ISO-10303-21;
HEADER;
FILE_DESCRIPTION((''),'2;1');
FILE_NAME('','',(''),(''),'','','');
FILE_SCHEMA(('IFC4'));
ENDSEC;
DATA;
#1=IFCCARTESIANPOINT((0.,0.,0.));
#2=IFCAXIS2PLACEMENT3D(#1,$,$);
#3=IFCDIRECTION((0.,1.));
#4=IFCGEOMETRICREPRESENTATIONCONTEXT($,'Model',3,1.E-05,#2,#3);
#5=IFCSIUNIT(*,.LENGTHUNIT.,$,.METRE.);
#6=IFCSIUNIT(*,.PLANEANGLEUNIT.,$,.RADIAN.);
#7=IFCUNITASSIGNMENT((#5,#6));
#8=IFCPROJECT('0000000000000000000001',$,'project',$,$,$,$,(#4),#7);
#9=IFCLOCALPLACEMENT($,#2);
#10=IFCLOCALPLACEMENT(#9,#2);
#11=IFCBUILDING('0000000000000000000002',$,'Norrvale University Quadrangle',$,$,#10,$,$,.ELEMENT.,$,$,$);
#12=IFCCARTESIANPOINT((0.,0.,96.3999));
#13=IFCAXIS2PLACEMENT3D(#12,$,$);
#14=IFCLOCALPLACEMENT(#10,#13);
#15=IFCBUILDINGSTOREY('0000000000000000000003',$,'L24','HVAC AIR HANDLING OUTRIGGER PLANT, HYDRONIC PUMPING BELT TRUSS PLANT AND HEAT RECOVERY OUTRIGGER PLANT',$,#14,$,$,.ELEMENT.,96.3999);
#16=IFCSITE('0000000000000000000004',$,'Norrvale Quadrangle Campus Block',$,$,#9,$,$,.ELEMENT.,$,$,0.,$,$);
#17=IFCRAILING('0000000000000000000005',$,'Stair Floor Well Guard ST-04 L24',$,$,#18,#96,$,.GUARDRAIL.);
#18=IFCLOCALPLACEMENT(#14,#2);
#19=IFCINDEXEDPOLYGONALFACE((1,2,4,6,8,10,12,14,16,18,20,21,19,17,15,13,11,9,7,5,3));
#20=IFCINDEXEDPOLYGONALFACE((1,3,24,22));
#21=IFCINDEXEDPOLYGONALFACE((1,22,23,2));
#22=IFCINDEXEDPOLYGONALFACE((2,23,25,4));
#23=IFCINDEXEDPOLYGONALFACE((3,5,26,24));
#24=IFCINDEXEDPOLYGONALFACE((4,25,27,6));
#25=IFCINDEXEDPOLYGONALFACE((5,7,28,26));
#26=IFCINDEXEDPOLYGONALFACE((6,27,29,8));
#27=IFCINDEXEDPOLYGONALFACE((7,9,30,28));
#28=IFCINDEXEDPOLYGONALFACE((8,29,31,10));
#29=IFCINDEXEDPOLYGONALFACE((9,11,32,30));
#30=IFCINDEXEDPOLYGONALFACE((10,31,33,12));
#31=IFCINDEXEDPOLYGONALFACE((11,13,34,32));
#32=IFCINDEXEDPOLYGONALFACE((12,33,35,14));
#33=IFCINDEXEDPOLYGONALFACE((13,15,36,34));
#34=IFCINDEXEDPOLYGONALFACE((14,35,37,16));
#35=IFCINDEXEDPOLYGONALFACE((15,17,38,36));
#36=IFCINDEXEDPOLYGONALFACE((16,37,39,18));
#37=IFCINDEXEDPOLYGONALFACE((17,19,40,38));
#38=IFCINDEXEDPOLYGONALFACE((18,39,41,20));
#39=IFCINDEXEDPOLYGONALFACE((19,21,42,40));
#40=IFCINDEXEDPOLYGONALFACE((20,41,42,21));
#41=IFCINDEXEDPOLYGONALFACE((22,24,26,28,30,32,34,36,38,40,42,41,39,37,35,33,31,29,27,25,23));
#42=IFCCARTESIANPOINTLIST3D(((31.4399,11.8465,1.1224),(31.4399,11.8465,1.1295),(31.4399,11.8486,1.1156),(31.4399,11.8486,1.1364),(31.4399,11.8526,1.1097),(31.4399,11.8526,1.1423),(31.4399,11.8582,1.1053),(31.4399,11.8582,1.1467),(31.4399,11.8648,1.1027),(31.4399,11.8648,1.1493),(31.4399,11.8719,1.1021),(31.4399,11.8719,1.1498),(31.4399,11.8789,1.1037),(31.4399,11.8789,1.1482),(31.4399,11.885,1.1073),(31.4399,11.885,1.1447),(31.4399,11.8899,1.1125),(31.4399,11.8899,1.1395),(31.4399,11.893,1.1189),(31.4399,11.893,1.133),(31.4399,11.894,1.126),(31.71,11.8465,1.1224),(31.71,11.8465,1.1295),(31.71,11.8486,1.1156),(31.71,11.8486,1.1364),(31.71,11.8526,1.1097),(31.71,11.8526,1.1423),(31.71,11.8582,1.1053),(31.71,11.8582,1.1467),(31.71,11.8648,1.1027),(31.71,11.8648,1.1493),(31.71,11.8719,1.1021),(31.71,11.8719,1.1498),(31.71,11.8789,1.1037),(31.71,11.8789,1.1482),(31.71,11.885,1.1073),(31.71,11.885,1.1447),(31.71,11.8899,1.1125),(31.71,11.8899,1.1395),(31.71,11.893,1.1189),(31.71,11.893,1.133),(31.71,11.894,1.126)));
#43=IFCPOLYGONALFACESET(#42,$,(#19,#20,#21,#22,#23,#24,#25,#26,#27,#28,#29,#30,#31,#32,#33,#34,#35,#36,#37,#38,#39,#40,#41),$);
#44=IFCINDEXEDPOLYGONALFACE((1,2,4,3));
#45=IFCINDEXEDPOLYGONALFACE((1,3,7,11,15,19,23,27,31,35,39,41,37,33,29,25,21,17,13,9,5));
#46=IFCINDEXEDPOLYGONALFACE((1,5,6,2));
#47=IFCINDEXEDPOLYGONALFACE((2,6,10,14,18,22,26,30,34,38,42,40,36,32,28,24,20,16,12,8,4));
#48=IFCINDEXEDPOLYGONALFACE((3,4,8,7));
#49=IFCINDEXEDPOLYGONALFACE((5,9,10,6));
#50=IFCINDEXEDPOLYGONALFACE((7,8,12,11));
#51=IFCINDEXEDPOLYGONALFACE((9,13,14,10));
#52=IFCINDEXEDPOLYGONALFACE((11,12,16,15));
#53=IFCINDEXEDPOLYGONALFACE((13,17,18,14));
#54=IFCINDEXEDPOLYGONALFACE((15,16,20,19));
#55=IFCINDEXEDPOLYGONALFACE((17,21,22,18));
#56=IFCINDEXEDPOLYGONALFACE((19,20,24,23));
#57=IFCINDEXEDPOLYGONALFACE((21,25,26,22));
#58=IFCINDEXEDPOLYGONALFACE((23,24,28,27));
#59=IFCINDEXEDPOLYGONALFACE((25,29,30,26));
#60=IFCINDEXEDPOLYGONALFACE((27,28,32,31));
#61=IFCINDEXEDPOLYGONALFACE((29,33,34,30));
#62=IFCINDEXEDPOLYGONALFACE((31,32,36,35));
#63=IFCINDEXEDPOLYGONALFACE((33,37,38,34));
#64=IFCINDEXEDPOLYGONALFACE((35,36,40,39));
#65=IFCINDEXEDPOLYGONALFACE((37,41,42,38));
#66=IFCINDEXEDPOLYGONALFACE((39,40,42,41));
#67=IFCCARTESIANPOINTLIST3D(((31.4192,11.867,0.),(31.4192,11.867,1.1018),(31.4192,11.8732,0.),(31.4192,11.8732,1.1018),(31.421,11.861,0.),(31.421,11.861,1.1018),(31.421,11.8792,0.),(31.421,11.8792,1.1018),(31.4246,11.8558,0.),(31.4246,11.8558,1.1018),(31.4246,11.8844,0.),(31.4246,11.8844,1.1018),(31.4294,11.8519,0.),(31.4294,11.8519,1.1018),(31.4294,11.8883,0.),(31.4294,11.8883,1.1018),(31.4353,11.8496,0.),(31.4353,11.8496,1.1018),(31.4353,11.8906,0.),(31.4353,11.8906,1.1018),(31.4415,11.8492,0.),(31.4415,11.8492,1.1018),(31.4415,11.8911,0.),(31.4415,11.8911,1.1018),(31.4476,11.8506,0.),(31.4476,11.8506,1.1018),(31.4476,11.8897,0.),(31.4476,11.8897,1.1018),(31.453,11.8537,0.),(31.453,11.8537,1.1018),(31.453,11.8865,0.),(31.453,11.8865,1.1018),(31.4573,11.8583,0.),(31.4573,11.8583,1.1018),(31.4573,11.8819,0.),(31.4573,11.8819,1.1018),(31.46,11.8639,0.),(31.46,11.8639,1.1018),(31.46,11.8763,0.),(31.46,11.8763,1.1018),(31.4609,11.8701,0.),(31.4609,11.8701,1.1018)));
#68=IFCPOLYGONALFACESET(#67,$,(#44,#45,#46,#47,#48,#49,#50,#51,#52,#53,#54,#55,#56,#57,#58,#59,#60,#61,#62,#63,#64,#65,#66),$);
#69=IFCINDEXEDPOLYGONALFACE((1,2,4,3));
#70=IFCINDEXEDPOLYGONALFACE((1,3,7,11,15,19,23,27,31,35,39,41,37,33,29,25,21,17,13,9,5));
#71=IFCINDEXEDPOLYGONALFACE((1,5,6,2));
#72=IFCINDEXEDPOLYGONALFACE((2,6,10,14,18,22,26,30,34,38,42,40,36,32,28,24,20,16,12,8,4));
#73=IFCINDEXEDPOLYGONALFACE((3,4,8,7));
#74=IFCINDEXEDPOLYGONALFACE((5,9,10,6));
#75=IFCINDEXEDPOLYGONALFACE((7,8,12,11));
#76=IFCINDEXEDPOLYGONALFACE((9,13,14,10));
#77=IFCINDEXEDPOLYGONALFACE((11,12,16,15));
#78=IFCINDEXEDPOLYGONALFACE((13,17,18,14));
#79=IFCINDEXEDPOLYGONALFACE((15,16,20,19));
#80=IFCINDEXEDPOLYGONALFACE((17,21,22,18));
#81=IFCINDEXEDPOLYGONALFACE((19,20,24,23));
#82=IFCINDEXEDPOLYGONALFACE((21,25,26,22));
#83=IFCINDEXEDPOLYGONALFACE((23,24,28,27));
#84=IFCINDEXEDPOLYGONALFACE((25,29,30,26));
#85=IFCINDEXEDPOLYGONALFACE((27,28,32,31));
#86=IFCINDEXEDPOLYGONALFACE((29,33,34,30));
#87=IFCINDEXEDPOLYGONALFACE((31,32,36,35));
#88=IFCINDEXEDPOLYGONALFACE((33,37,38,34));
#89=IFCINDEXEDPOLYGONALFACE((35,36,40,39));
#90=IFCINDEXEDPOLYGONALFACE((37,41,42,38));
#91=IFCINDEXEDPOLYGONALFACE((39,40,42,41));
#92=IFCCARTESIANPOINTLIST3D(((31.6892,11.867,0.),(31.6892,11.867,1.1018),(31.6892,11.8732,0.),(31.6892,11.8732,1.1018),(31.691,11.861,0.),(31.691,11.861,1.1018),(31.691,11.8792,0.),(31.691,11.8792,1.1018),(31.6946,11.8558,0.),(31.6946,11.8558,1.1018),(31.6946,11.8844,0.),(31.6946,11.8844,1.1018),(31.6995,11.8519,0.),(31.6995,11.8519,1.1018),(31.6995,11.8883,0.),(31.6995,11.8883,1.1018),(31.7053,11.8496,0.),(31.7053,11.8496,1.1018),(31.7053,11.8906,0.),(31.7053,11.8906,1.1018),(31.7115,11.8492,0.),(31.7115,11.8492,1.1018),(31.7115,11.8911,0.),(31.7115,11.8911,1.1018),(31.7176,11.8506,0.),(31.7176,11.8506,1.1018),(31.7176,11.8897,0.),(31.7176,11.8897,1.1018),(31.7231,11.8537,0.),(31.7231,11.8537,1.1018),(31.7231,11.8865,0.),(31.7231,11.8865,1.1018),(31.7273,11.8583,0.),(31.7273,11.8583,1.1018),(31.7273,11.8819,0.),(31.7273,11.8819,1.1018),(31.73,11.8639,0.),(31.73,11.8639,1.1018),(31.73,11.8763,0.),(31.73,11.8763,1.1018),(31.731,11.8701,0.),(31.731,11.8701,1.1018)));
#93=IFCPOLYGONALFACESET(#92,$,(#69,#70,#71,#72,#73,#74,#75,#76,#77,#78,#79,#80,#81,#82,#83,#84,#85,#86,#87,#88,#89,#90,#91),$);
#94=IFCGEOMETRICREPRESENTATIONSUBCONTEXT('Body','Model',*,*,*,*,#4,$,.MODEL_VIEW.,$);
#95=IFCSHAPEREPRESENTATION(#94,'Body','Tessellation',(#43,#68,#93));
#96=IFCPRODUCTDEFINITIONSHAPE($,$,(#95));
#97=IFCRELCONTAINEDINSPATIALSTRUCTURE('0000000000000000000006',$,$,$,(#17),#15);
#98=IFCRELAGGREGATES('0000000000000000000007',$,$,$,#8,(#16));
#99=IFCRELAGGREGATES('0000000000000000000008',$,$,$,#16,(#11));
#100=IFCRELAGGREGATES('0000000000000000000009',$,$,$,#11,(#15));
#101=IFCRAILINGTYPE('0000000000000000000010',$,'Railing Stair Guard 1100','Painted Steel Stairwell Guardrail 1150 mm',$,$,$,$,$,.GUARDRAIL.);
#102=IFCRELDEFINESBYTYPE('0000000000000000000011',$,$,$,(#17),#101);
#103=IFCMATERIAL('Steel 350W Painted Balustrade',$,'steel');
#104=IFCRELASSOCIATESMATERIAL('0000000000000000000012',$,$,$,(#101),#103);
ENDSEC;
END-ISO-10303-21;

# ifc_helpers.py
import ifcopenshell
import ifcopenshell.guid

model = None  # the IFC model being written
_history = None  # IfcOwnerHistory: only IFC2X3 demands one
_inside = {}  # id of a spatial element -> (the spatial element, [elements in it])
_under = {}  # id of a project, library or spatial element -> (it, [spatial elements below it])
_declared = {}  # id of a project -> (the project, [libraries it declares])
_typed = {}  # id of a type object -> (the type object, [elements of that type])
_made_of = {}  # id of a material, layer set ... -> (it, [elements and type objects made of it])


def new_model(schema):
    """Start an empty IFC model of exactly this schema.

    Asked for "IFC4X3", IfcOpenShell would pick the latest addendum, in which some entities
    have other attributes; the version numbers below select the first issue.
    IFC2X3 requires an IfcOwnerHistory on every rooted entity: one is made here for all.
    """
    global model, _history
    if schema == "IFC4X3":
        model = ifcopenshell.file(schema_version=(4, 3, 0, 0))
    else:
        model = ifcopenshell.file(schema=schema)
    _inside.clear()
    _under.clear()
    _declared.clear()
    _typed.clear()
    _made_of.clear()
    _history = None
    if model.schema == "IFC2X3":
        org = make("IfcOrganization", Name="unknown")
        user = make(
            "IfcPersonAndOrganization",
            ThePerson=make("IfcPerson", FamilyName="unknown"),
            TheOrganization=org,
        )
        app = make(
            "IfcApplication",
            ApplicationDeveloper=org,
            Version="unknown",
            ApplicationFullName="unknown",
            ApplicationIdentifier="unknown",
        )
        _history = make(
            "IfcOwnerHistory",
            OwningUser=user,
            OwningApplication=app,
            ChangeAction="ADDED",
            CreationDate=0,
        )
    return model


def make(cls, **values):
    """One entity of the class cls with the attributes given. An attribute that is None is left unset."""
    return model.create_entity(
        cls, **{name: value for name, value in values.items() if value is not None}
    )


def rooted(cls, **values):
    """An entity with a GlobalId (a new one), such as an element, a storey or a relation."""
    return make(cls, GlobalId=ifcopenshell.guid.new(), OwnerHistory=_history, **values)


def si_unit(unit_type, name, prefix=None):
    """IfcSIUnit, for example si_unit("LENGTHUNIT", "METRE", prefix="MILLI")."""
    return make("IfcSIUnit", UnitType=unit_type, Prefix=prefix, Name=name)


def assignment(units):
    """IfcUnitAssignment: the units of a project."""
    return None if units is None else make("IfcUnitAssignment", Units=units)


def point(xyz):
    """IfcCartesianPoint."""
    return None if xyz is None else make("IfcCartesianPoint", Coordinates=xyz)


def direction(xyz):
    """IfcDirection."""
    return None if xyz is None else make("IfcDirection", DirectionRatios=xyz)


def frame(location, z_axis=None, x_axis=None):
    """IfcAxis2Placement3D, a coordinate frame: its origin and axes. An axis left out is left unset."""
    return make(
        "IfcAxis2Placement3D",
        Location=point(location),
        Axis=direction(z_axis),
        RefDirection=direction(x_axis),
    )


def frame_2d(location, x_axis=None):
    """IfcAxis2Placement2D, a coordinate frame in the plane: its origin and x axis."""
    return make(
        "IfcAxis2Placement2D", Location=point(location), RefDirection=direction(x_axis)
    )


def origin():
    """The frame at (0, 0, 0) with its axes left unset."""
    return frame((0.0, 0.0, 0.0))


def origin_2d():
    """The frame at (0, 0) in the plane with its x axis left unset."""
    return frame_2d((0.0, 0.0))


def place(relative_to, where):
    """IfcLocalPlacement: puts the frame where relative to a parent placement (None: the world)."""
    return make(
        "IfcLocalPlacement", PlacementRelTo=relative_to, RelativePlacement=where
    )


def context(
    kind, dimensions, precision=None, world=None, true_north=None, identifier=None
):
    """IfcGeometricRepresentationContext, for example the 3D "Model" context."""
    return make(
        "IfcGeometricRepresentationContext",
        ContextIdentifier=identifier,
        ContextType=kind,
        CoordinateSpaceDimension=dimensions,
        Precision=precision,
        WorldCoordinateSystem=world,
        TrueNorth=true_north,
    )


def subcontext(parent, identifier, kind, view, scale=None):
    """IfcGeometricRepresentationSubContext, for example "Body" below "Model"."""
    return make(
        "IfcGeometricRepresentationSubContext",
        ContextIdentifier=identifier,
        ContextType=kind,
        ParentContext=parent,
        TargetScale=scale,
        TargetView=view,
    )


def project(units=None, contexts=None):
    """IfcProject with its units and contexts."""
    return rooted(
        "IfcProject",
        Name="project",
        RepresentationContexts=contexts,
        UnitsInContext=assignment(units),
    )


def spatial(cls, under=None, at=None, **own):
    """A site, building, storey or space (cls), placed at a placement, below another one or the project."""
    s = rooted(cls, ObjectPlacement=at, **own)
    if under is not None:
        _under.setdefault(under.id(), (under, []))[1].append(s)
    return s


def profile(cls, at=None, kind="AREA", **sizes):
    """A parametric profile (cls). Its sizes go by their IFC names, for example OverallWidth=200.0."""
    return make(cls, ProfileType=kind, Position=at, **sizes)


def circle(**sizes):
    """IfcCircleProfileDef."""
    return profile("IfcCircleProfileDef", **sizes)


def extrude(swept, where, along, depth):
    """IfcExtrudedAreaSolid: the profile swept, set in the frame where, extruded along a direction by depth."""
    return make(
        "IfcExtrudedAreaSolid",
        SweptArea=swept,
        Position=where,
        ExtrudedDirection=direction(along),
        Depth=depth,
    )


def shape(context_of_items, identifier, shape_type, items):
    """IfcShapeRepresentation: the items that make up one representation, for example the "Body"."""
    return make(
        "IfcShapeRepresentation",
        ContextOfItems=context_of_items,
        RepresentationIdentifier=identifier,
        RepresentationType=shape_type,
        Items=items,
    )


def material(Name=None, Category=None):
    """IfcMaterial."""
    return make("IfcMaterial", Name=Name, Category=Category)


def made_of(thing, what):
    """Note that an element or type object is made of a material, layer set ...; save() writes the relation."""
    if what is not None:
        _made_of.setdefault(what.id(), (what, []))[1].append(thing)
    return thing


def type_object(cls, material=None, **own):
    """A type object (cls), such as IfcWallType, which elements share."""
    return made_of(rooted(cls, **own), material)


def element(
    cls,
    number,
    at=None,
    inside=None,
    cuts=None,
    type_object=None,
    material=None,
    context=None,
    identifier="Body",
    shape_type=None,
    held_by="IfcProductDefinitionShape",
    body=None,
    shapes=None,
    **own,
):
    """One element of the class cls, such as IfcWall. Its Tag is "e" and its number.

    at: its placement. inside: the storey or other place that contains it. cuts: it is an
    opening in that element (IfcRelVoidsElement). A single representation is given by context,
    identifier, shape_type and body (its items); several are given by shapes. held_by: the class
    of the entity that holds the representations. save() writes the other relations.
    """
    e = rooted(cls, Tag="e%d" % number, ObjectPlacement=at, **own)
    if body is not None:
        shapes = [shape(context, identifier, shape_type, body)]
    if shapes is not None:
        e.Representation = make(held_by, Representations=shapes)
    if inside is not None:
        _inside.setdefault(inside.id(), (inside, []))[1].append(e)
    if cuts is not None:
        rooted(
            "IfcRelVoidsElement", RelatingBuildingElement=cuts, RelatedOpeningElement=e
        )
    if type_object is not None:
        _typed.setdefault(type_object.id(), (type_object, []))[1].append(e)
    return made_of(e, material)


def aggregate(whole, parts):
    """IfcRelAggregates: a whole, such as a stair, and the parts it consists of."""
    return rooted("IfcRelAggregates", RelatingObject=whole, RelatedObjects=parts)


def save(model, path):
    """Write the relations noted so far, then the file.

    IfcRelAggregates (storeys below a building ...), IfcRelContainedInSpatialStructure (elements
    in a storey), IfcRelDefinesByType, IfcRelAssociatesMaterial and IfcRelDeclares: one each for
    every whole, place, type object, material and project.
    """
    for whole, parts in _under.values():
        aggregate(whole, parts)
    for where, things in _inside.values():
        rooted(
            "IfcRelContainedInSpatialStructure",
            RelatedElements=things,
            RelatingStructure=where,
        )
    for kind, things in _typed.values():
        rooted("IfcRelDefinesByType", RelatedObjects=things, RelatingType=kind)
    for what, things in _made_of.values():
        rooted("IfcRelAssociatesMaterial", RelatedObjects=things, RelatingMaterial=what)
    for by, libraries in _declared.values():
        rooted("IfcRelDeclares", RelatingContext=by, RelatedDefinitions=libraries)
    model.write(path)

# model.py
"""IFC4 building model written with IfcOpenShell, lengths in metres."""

from ifc_helpers import new_model, si_unit, direction, frame, origin, origin_2d, place, context, subcontext, project, spatial, circle, extrude, material, type_object, element, save


model = new_model("IFC4")

# Units and contexts
model_context = context("Model", 3, precision=1e-05, world=origin(), true_north=direction((0.0, 1.0)))
body_context = subcontext(model_context, "Body", "Model", "MODEL_VIEW")
ifc_project = project(units=[si_unit("LENGTHUNIT", "METRE"), si_unit("PLANEANGLEUNIT", "RADIAN")], contexts=[model_context])

# Site, building, storey
site_placement = place(None, origin())
site = spatial("IfcSite", under=ifc_project, at=site_placement, Name="Norrvale Quadrangle Campus Block", CompositionType="ELEMENT", RefElevation=0.0)
building_placement = place(site_placement, origin())
building = spatial("IfcBuilding", under=site, at=building_placement, Name="Norrvale University Quadrangle", CompositionType="ELEMENT")
storey_placement = place(building_placement, frame((0.0, 0.0, 96.3999)))
storey = spatial("IfcBuildingStorey", under=building, at=storey_placement, Name="L24", Description="HVAC AIR HANDLING OUTRIGGER PLANT, HYDRONIC PUMPING BELT TRUSS PLANT AND HEAT RECOVERY OUTRIGGER PLANT", CompositionType="ELEMENT", Elevation=96.3999)

# Railing
ifc_material_1 = material(Name="Steel 350W Painted Balustrade", Category="steel")
railing_type = type_object("IfcRailingType", Name="Railing Stair Guard 1100", Description="Painted Steel Stairwell Guardrail 1150 mm", PredefinedType="GUARDRAIL", material=ifc_material_1)
railing_placement = place(storey_placement, frame((31.4399, 11.8701, 0.0)))
element("IfcRailing", 1, at=railing_placement, inside=storey, type_object=railing_type, Name="Stair Floor Well Guard ST-04 L24", PredefinedType="GUARDRAIL", context=body_context, shape_type="SweptSolid", body=[
    extrude(circle(Radius=0.0239, at=origin_2d()), frame((0.0, 0.0, 1.126), z_axis=(1.0, 0.0, 0.0), x_axis=(0.0, 1.0, 0.0)), (0.0, 0.0, 1.0), 0.27),
    extrude(circle(Radius=0.021, at=origin_2d()), origin(), (0.0, 0.0, 1.0), 1.1018),
    extrude(circle(Radius=0.021, at=origin_2d()), frame((0.27, 0.0, 0.0)), (0.0, 0.0, 1.0), 1.1018),
])

save(model, "model.ifc")
